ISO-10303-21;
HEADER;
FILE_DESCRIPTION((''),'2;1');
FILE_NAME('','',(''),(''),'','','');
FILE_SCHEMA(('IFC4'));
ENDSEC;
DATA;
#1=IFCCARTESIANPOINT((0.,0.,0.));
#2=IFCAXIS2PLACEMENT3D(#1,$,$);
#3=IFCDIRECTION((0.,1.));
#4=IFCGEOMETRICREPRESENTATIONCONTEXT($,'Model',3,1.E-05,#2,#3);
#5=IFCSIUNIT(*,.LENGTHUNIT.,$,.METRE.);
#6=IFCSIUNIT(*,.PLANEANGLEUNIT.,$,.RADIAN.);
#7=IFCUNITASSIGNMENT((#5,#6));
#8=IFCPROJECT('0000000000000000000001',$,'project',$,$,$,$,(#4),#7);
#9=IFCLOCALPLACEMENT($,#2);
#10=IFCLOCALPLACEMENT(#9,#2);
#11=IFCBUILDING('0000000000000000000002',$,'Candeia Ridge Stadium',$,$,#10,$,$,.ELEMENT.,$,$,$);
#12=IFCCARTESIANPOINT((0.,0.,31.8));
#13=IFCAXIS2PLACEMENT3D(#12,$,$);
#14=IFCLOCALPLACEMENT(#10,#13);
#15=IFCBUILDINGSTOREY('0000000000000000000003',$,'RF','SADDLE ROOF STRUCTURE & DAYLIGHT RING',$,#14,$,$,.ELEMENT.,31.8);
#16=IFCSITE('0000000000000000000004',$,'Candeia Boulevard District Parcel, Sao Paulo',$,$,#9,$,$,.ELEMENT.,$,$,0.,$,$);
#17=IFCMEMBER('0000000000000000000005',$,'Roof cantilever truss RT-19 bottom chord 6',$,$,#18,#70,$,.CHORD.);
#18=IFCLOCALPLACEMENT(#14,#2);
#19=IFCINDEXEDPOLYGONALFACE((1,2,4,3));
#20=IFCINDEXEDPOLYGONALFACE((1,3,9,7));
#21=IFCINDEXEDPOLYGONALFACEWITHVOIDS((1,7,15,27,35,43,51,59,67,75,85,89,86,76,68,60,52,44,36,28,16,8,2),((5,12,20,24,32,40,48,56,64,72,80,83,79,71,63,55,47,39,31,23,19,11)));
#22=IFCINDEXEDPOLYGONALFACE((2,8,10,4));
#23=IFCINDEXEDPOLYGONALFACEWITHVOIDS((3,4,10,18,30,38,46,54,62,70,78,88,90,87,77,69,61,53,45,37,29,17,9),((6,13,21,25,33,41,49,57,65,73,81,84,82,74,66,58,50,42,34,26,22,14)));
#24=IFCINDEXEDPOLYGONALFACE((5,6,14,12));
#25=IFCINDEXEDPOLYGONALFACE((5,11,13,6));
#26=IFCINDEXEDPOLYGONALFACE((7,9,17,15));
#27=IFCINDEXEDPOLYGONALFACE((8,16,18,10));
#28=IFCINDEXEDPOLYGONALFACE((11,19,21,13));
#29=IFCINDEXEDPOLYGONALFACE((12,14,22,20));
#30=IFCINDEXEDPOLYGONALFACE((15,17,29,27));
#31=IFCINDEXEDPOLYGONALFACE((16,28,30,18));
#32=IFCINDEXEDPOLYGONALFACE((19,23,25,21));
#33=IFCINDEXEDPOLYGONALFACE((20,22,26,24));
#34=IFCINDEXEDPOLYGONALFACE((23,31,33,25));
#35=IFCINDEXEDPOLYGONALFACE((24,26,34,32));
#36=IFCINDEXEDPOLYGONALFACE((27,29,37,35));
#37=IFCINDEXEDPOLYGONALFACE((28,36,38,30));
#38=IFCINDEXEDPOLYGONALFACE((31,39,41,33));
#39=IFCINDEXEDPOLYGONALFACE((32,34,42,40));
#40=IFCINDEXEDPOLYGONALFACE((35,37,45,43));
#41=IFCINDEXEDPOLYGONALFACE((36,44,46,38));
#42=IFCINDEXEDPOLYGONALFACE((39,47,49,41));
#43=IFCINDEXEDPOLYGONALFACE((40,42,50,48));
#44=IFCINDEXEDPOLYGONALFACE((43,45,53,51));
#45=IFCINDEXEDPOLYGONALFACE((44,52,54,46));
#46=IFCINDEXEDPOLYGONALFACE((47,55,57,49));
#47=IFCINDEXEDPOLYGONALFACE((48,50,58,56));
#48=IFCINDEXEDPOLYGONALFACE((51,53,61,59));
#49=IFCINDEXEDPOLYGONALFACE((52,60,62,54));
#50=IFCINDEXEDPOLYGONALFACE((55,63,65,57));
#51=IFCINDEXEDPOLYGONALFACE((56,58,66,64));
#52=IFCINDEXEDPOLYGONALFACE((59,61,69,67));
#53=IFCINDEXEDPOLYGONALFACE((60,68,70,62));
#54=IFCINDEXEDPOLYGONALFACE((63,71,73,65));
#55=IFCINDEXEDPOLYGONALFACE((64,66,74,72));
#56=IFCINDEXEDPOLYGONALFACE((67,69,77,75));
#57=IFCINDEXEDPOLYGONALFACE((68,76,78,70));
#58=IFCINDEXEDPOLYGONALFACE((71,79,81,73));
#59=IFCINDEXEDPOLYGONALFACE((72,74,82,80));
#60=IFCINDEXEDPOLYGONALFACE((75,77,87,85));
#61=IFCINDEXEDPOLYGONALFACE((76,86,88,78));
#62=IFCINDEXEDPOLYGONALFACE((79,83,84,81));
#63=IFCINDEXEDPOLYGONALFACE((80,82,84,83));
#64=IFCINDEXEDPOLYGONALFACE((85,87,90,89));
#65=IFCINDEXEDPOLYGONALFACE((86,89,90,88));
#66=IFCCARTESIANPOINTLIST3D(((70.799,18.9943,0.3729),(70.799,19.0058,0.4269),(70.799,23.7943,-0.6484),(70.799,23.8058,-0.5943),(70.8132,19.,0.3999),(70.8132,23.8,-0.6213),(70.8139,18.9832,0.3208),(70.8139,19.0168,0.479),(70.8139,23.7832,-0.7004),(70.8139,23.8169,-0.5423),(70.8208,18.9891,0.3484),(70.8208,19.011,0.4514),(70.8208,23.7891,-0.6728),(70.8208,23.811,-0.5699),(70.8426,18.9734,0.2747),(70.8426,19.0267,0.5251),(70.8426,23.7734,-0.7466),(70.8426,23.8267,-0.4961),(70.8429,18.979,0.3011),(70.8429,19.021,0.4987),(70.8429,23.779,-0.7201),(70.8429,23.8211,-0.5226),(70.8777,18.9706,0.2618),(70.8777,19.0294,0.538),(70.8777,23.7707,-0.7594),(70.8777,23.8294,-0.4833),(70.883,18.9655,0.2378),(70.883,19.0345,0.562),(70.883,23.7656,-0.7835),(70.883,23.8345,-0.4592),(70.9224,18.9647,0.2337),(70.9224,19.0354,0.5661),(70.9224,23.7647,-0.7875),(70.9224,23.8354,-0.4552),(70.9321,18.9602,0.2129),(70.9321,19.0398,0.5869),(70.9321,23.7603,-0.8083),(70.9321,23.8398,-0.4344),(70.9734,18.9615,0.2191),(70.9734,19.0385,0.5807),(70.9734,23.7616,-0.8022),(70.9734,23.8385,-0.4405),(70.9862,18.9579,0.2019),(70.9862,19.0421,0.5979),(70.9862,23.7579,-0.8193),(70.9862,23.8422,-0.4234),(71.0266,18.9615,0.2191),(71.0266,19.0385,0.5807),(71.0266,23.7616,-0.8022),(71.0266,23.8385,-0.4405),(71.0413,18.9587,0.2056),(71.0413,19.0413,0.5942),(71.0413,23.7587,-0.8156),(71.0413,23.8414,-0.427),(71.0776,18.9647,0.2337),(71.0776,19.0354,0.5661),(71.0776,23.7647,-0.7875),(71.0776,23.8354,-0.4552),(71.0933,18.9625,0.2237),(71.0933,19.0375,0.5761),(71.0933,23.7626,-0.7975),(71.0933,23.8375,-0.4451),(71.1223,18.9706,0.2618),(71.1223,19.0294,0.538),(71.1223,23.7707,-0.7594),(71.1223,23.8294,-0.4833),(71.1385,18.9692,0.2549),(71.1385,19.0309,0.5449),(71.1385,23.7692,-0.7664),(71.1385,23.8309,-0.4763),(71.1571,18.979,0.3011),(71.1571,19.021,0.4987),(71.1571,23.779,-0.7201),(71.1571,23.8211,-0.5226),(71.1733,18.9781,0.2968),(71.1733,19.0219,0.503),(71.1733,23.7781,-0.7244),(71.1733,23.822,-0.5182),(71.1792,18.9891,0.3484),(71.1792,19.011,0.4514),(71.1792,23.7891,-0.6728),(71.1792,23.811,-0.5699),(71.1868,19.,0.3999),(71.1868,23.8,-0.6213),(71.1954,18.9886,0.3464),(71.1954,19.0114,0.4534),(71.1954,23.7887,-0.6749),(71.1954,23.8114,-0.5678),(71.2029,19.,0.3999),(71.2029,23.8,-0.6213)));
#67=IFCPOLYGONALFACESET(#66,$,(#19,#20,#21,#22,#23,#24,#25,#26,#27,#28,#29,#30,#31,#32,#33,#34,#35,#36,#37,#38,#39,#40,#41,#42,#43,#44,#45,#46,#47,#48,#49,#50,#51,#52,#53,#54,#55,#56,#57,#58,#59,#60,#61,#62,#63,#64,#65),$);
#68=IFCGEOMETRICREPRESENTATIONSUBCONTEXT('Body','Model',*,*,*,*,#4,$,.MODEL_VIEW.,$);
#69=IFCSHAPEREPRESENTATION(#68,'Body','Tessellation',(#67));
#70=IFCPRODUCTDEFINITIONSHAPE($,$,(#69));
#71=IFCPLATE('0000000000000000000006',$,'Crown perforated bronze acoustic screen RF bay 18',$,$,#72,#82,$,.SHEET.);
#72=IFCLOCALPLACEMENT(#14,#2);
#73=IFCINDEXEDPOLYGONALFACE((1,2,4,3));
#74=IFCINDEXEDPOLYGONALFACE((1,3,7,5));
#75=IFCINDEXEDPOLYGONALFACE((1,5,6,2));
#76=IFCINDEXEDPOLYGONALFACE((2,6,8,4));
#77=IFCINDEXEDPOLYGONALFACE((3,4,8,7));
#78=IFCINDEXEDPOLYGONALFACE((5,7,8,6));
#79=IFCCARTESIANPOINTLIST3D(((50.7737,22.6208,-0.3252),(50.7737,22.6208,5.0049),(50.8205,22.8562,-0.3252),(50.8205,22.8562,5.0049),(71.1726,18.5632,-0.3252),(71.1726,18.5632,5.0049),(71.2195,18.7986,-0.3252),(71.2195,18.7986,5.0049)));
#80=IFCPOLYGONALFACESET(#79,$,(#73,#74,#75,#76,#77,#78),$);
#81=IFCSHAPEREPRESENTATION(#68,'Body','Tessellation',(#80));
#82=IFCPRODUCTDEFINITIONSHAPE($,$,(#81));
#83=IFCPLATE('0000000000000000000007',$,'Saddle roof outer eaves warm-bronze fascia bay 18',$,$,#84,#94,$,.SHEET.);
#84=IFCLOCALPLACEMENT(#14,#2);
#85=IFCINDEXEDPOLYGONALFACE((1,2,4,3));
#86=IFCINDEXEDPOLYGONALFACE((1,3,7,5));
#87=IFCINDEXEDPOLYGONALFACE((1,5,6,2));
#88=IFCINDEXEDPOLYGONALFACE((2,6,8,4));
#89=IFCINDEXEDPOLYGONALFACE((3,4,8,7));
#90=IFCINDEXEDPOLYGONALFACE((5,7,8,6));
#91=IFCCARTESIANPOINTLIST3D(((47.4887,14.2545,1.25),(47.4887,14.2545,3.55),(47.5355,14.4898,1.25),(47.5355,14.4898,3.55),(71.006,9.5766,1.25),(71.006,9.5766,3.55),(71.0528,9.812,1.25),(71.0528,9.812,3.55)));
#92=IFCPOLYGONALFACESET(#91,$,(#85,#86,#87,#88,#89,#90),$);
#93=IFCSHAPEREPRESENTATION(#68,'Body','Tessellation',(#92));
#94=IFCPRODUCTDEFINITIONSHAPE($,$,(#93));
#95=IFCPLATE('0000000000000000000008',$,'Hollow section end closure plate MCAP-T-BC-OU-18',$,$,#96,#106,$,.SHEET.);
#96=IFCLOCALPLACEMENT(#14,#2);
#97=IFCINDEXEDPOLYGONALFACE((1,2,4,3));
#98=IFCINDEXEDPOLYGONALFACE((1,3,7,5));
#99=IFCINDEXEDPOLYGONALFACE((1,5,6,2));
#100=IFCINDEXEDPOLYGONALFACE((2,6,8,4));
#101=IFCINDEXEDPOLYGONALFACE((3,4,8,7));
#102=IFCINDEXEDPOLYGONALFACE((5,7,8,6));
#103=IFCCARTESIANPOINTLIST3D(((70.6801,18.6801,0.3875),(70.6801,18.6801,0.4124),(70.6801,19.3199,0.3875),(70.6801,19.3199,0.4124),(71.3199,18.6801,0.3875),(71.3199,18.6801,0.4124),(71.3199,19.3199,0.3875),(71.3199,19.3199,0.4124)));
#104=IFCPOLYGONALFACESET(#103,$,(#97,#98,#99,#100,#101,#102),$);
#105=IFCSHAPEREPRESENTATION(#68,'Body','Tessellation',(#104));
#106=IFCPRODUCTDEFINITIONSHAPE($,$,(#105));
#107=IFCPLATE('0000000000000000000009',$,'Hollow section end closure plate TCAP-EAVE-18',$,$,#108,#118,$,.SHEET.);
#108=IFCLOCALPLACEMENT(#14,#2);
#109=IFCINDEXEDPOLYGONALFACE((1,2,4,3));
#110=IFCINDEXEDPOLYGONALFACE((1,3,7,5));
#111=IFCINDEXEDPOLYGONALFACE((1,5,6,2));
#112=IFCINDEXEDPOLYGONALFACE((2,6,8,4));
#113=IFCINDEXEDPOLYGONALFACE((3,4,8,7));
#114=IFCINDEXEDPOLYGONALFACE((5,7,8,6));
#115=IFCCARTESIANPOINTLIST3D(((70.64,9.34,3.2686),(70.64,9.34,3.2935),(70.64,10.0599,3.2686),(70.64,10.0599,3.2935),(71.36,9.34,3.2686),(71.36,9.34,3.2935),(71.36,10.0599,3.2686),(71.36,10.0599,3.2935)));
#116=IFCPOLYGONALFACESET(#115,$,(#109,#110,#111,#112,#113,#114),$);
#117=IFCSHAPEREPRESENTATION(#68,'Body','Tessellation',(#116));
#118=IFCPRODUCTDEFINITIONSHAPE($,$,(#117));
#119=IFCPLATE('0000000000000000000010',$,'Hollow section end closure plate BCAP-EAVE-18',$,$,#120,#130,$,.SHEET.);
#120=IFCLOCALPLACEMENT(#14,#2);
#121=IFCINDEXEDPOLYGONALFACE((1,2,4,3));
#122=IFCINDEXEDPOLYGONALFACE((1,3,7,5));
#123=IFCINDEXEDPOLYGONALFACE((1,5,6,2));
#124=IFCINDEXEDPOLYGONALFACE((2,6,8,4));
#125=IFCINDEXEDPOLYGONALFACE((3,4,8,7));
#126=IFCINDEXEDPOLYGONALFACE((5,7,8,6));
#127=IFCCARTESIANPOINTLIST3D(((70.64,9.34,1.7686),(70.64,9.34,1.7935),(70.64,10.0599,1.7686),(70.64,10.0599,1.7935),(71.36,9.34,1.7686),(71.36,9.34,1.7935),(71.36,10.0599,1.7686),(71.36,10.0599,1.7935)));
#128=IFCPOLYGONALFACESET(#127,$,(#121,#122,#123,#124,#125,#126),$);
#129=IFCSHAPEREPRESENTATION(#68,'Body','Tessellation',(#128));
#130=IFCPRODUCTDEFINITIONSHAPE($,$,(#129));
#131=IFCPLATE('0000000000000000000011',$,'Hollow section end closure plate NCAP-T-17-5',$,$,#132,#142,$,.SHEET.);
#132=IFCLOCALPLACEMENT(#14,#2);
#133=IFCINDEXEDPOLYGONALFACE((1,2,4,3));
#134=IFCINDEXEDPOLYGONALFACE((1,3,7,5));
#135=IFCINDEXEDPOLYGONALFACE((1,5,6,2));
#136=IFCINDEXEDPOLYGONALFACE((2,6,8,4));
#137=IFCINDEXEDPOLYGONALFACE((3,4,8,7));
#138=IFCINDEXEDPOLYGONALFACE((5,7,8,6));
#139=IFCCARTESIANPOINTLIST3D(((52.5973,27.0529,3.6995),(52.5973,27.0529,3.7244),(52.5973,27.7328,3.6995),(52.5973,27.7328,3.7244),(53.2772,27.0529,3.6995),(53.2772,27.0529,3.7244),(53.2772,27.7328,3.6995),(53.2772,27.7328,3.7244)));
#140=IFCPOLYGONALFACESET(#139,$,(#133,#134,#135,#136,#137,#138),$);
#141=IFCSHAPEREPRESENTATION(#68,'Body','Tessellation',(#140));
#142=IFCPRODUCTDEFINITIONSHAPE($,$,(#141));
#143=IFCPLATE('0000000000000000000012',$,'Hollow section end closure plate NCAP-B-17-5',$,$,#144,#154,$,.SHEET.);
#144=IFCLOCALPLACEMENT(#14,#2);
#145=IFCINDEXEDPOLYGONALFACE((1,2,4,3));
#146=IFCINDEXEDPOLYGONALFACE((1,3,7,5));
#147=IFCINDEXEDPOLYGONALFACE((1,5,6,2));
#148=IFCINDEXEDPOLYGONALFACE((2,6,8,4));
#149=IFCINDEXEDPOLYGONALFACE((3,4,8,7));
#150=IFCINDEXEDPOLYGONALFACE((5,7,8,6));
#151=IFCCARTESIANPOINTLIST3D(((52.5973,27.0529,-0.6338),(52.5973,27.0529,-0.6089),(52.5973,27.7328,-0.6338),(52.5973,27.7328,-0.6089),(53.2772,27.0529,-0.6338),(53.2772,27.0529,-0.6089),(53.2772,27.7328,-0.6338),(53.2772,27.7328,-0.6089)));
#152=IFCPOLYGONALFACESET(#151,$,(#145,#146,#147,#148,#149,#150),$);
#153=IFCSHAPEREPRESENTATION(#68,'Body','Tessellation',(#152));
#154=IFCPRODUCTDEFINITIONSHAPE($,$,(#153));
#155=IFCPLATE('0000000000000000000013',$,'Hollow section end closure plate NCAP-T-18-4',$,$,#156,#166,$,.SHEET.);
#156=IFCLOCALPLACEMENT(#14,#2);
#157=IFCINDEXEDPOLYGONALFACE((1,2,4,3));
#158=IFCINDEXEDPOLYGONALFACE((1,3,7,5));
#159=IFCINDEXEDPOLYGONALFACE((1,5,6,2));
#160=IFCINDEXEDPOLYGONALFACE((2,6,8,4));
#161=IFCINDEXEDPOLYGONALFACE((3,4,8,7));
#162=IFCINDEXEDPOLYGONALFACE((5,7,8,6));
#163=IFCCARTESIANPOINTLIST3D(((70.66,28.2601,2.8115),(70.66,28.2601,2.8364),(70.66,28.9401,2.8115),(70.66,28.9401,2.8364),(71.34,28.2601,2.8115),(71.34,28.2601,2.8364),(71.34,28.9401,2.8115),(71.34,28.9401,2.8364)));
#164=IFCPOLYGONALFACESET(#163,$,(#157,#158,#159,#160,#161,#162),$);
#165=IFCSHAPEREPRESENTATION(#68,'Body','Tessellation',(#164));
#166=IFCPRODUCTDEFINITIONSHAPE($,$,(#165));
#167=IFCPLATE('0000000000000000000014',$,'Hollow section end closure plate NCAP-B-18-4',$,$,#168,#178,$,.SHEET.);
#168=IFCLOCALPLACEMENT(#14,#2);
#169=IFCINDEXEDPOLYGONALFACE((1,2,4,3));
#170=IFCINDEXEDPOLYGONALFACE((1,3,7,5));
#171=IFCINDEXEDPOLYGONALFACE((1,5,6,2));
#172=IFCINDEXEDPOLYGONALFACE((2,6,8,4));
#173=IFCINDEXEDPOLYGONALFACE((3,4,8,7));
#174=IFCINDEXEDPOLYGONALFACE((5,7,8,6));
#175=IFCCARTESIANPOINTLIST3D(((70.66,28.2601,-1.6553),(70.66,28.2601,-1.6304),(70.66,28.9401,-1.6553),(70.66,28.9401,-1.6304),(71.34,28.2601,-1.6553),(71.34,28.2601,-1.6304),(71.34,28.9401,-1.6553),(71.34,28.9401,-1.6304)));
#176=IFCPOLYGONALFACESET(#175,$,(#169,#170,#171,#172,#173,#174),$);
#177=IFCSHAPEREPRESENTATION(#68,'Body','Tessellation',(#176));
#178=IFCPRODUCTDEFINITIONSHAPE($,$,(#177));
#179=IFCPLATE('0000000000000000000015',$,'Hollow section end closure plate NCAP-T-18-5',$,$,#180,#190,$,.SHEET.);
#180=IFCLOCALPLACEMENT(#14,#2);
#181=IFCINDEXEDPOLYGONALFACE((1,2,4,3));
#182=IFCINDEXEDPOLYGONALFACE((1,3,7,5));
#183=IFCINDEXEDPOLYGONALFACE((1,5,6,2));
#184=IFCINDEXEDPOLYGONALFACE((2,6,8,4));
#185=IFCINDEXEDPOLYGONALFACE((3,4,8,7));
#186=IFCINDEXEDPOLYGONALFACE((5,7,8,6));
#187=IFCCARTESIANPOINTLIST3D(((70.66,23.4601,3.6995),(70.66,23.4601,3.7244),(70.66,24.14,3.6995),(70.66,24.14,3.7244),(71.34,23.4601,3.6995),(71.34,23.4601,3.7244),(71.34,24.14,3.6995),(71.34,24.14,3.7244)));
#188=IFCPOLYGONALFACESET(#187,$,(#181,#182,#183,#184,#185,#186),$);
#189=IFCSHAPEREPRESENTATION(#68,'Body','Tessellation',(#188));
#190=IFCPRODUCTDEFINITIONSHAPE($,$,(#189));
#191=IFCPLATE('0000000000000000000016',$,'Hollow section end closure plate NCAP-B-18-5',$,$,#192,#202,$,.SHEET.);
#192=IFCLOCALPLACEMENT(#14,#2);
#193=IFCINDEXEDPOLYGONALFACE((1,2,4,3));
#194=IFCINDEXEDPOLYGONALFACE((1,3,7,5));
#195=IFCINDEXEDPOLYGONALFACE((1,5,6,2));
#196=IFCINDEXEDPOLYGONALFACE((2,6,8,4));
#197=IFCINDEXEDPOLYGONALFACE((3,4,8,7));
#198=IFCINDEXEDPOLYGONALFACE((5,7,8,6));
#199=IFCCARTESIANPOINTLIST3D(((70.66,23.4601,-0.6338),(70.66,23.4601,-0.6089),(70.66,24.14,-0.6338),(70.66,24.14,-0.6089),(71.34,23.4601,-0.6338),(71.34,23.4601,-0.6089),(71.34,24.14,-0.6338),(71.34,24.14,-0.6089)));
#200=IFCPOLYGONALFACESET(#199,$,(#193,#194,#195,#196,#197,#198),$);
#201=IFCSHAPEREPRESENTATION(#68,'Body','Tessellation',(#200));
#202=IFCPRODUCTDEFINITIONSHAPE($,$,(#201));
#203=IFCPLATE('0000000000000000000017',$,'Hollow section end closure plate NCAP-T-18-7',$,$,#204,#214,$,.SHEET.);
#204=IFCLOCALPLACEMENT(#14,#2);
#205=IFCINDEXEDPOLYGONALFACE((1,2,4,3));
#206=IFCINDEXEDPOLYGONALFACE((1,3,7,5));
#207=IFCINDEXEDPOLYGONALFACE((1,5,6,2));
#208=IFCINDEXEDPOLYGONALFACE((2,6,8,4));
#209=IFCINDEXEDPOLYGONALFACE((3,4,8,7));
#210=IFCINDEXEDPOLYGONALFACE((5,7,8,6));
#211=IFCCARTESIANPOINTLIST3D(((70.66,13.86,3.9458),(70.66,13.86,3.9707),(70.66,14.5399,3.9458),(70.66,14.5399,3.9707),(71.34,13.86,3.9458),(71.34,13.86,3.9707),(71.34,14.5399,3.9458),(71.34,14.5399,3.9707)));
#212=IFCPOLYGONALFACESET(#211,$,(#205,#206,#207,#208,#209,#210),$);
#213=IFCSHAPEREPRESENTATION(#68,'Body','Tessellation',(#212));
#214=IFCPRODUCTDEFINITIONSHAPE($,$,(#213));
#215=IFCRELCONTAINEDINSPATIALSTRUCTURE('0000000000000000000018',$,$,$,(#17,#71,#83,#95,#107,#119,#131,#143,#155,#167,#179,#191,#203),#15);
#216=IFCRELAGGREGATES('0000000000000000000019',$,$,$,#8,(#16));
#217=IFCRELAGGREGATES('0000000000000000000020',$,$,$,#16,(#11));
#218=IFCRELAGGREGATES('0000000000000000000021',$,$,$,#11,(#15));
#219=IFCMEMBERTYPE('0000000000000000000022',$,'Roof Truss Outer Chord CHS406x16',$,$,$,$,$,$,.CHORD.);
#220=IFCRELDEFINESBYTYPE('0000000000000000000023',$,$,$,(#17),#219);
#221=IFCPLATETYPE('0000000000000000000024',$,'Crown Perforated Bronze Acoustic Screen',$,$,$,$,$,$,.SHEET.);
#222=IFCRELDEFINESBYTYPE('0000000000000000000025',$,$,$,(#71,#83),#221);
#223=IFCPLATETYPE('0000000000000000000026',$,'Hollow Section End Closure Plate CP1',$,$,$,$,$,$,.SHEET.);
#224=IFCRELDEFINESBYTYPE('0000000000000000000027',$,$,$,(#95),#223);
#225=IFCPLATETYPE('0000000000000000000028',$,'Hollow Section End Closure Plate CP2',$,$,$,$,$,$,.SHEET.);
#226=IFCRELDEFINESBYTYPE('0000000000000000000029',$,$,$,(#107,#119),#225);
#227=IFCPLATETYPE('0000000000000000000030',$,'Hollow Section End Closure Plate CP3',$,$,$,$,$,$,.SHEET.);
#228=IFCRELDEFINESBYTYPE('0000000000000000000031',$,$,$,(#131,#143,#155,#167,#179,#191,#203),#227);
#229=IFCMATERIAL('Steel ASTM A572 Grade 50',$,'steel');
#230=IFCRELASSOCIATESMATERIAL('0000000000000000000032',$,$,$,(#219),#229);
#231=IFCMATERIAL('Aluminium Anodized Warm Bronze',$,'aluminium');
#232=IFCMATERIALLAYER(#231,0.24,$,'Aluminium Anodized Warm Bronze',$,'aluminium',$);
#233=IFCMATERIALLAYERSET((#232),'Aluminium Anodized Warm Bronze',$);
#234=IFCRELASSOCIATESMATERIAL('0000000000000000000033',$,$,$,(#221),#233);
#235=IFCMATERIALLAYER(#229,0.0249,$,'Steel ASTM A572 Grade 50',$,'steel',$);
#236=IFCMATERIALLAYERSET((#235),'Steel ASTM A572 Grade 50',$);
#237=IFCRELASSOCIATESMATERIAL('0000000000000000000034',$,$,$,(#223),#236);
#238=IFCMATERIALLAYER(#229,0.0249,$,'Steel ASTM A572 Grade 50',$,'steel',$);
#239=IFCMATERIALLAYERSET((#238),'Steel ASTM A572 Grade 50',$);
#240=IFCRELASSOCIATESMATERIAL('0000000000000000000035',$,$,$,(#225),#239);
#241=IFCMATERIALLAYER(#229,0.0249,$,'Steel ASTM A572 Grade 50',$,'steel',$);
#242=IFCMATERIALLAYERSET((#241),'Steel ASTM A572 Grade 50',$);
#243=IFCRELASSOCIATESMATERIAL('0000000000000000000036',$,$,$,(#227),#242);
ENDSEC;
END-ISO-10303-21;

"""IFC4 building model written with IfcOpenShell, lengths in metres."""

from ifc_helpers import new_model, si_unit, direction, frame, origin, origin_2d, place, context, subcontext, project, spatial, rectangle, hollow_circle, extrude, material, layer, layer_set, material_profile, profile_set, type_object, element, save


model = new_model("IFC4")

# Units and contexts
model_context = context("Model", 3, precision=1e-05, world=origin(), true_north=direction((0.0, 1.0)))
body_context = subcontext(model_context, "Body", "Model", "MODEL_VIEW")
ifc_project = project(units=[si_unit("LENGTHUNIT", "METRE"), si_unit("PLANEANGLEUNIT", "RADIAN")], contexts=[model_context])

# Site, building, storey
site_placement = place(None, origin())
site = spatial("IfcSite", under=ifc_project, at=site_placement, Name="Candeia Boulevard District Parcel, Sao Paulo", CompositionType="ELEMENT", RefElevation=0.0)
building_placement = place(site_placement, origin())
building = spatial("IfcBuilding", under=site, at=building_placement, Name="Candeia Ridge Stadium", CompositionType="ELEMENT")
storey_placement = place(building_placement, frame((0.0, 0.0, 31.8)))
storey = spatial("IfcBuildingStorey", under=building, at=storey_placement, Name="RF", Description="SADDLE ROOF STRUCTURE & DAYLIGHT RING", CompositionType="ELEMENT", Elevation=31.8)

# Shared definitions
ifc_material_1 = material(Name="Steel ASTM A572 Grade 50", Category="steel")

# Member
ifc_material_profile_1 = material_profile(ifc_material_1, hollow_circle(Radius=0.2029, WallThickness=0.0161, at=origin_2d()), Name="CHS406x16", Category="steel")
ifc_profile_set_1 = profile_set([ifc_material_profile_1], Name="Steel ASTM A572 Grade 50")
member_type_1 = type_object("IfcMemberType", Name="Roof Truss Outer Chord CHS406x16", PredefinedType="CHORD", material=ifc_profile_set_1)
for number, where, z_axis, x_axis, name in (
    (1, (71.0, 23.8, -0.6213), (0.0, -0.978108, 0.208099), (1.0, 0.0, 0.0), "Roof cantilever truss RT-19 bottom chord 6"),
):
    element("IfcMember", number, at=place(storey_placement, frame(where, z_axis=z_axis, x_axis=x_axis)), inside=storey, type_object=member_type_1, Name=name, PredefinedType="CHORD", context=body_context, shape_type="SweptSolid", body=[
        extrude(hollow_circle(Radius=0.2029, WallThickness=0.0161, at=origin_2d()), origin(), (0.0, 0.0, 1.0), 4.9075),
    ])

# Plates
ifc_material_2 = material(Name="Aluminium Anodized Warm Bronze", Category="aluminium")
ifc_layer_1 = layer(ifc_material_2, 0.24, Name="Aluminium Anodized Warm Bronze", Category="aluminium")
ifc_layer_set_1 = layer_set([ifc_layer_1], Name="Aluminium Anodized Warm Bronze")
plate_type_1 = type_object("IfcPlateType", Name="Crown Perforated Bronze Acoustic Screen", PredefinedType="SHEET", material=ifc_layer_set_1)
plate_1_placement = place(storey_placement, frame((60.9966, 20.7097, -0.3252), z_axis=(0.0, 0.0, 1.0), x_axis=(0.980785, -0.19509, 0.0)))
element("IfcPlate", 2, at=plate_1_placement, inside=storey, type_object=plate_type_1, Name="Crown perforated bronze acoustic screen RF bay 18", PredefinedType="SHEET", context=body_context, shape_type="SweptSolid", body=[
    extrude(rectangle(XDim=20.7986, YDim=0.24, at=origin_2d()), origin(), (0.0, 0.0, 1.0), 5.3301),
])
plate_2_placement = place(storey_placement, frame((59.2708, 12.0332, 1.25), z_axis=(0.0, 0.0, 1.0), x_axis=(0.980785, -0.19509, 0.0)))
element("IfcPlate", 3, at=plate_2_placement, inside=storey, type_object=plate_type_1, Name="Saddle roof outer eaves warm-bronze fascia bay 18", PredefinedType="SHEET", context=body_context, shape_type="SweptSolid", body=[
    extrude(rectangle(XDim=23.978, YDim=0.24, at=origin_2d()), origin(), (0.0, 0.0, 1.0), 2.3),
])
ifc_layer_2 = layer(ifc_material_1, 0.0249, Name="Steel ASTM A572 Grade 50", Category="steel")
ifc_layer_set_2 = layer_set([ifc_layer_2], Name="Steel ASTM A572 Grade 50")
plate_type_2 = type_object("IfcPlateType", Name="Hollow Section End Closure Plate CP1", PredefinedType="SHEET", material=ifc_layer_set_2)
plate_3_placement = place(storey_placement, frame((71.0, 19.0, 0.3875), z_axis=(0.0, 0.0, 1.0), x_axis=(1.0, 0.0, 0.0)))
element("IfcPlate", 4, at=plate_3_placement, inside=storey, type_object=plate_type_2, Name="Hollow section end closure plate MCAP-T-BC-OU-18", PredefinedType="SHEET", context=body_context, shape_type="SweptSolid", body=[
    extrude(rectangle(XDim=0.6399, YDim=0.6399, at=origin_2d()), origin(), (0.0, 0.0, 1.0), 0.0249),
])
ifc_layer_3 = layer(ifc_material_1, 0.0249, Name="Steel ASTM A572 Grade 50", Category="steel")
ifc_layer_set_3 = layer_set([ifc_layer_3], Name="Steel ASTM A572 Grade 50")
plate_type_3 = type_object("IfcPlateType", Name="Hollow Section End Closure Plate CP2", PredefinedType="SHEET", material=ifc_layer_set_3)
for number, where, z_axis, x_axis, name in (
    (5, (71.0, 9.7, 3.2686), (0.0, 0.0, 1.0), (1.0, 0.0, 0.0), "Hollow section end closure plate TCAP-EAVE-18"),
    (6, (71.0, 9.7, 1.7686), (0.0, 0.0, 1.0), (1.0, 0.0, 0.0), "Hollow section end closure plate BCAP-EAVE-18"),
):
    element("IfcPlate", number, at=place(storey_placement, frame(where, z_axis=z_axis, x_axis=x_axis)), inside=storey, type_object=plate_type_3, Name=name, PredefinedType="SHEET", context=body_context, shape_type="SweptSolid", body=[
        extrude(rectangle(XDim=0.72, YDim=0.72, at=origin_2d()), origin(), (0.0, 0.0, 1.0), 0.0249),
    ])
ifc_layer_4 = layer(ifc_material_1, 0.0249, Name="Steel ASTM A572 Grade 50", Category="steel")
ifc_layer_set_4 = layer_set([ifc_layer_4], Name="Steel ASTM A572 Grade 50")
plate_type_4 = type_object("IfcPlateType", Name="Hollow Section End Closure Plate CP3", PredefinedType="SHEET", material=ifc_layer_set_4)
for number, where, z_axis, x_axis, name in (
    (7, (52.9373, 27.3928, 3.6995), (0.0, 0.0, 1.0), (1.0, 0.0, 0.0), "Hollow section end closure plate NCAP-T-17-5"),
    (8, (52.9373, 27.3928, -0.6338), (0.0, 0.0, 1.0), (1.0, 0.0, 0.0), "Hollow section end closure plate NCAP-B-17-5"),
    (9, (71.0, 28.6001, 2.8115), (0.0, 0.0, 1.0), (1.0, 0.0, 0.0), "Hollow section end closure plate NCAP-T-18-4"),
    (10, (71.0, 28.6001, -1.6553), (0.0, 0.0, 1.0), (1.0, 0.0, 0.0), "Hollow section end closure plate NCAP-B-18-4"),
    (11, (71.0, 23.8, 3.6995), (0.0, 0.0, 1.0), (1.0, 0.0, 0.0), "Hollow section end closure plate NCAP-T-18-5"),
    (12, (71.0, 23.8, -0.6338), (0.0, 0.0, 1.0), (1.0, 0.0, 0.0), "Hollow section end closure plate NCAP-B-18-5"),
    (13, (71.0, 14.2, 3.9458), (0.0, 0.0, 1.0), (1.0, 0.0, 0.0), "Hollow section end closure plate NCAP-T-18-7"),
):
    element("IfcPlate", number, at=place(storey_placement, frame(where, z_axis=z_axis, x_axis=x_axis)), inside=storey, type_object=plate_type_4, Name=name, PredefinedType="SHEET", context=body_context, shape_type="SweptSolid", body=[
        extrude(rectangle(XDim=0.6799, YDim=0.6799, at=origin_2d()), origin(), (0.0, 0.0, 1.0), 0.0249),
    ])

save(model, "model.ifc")
